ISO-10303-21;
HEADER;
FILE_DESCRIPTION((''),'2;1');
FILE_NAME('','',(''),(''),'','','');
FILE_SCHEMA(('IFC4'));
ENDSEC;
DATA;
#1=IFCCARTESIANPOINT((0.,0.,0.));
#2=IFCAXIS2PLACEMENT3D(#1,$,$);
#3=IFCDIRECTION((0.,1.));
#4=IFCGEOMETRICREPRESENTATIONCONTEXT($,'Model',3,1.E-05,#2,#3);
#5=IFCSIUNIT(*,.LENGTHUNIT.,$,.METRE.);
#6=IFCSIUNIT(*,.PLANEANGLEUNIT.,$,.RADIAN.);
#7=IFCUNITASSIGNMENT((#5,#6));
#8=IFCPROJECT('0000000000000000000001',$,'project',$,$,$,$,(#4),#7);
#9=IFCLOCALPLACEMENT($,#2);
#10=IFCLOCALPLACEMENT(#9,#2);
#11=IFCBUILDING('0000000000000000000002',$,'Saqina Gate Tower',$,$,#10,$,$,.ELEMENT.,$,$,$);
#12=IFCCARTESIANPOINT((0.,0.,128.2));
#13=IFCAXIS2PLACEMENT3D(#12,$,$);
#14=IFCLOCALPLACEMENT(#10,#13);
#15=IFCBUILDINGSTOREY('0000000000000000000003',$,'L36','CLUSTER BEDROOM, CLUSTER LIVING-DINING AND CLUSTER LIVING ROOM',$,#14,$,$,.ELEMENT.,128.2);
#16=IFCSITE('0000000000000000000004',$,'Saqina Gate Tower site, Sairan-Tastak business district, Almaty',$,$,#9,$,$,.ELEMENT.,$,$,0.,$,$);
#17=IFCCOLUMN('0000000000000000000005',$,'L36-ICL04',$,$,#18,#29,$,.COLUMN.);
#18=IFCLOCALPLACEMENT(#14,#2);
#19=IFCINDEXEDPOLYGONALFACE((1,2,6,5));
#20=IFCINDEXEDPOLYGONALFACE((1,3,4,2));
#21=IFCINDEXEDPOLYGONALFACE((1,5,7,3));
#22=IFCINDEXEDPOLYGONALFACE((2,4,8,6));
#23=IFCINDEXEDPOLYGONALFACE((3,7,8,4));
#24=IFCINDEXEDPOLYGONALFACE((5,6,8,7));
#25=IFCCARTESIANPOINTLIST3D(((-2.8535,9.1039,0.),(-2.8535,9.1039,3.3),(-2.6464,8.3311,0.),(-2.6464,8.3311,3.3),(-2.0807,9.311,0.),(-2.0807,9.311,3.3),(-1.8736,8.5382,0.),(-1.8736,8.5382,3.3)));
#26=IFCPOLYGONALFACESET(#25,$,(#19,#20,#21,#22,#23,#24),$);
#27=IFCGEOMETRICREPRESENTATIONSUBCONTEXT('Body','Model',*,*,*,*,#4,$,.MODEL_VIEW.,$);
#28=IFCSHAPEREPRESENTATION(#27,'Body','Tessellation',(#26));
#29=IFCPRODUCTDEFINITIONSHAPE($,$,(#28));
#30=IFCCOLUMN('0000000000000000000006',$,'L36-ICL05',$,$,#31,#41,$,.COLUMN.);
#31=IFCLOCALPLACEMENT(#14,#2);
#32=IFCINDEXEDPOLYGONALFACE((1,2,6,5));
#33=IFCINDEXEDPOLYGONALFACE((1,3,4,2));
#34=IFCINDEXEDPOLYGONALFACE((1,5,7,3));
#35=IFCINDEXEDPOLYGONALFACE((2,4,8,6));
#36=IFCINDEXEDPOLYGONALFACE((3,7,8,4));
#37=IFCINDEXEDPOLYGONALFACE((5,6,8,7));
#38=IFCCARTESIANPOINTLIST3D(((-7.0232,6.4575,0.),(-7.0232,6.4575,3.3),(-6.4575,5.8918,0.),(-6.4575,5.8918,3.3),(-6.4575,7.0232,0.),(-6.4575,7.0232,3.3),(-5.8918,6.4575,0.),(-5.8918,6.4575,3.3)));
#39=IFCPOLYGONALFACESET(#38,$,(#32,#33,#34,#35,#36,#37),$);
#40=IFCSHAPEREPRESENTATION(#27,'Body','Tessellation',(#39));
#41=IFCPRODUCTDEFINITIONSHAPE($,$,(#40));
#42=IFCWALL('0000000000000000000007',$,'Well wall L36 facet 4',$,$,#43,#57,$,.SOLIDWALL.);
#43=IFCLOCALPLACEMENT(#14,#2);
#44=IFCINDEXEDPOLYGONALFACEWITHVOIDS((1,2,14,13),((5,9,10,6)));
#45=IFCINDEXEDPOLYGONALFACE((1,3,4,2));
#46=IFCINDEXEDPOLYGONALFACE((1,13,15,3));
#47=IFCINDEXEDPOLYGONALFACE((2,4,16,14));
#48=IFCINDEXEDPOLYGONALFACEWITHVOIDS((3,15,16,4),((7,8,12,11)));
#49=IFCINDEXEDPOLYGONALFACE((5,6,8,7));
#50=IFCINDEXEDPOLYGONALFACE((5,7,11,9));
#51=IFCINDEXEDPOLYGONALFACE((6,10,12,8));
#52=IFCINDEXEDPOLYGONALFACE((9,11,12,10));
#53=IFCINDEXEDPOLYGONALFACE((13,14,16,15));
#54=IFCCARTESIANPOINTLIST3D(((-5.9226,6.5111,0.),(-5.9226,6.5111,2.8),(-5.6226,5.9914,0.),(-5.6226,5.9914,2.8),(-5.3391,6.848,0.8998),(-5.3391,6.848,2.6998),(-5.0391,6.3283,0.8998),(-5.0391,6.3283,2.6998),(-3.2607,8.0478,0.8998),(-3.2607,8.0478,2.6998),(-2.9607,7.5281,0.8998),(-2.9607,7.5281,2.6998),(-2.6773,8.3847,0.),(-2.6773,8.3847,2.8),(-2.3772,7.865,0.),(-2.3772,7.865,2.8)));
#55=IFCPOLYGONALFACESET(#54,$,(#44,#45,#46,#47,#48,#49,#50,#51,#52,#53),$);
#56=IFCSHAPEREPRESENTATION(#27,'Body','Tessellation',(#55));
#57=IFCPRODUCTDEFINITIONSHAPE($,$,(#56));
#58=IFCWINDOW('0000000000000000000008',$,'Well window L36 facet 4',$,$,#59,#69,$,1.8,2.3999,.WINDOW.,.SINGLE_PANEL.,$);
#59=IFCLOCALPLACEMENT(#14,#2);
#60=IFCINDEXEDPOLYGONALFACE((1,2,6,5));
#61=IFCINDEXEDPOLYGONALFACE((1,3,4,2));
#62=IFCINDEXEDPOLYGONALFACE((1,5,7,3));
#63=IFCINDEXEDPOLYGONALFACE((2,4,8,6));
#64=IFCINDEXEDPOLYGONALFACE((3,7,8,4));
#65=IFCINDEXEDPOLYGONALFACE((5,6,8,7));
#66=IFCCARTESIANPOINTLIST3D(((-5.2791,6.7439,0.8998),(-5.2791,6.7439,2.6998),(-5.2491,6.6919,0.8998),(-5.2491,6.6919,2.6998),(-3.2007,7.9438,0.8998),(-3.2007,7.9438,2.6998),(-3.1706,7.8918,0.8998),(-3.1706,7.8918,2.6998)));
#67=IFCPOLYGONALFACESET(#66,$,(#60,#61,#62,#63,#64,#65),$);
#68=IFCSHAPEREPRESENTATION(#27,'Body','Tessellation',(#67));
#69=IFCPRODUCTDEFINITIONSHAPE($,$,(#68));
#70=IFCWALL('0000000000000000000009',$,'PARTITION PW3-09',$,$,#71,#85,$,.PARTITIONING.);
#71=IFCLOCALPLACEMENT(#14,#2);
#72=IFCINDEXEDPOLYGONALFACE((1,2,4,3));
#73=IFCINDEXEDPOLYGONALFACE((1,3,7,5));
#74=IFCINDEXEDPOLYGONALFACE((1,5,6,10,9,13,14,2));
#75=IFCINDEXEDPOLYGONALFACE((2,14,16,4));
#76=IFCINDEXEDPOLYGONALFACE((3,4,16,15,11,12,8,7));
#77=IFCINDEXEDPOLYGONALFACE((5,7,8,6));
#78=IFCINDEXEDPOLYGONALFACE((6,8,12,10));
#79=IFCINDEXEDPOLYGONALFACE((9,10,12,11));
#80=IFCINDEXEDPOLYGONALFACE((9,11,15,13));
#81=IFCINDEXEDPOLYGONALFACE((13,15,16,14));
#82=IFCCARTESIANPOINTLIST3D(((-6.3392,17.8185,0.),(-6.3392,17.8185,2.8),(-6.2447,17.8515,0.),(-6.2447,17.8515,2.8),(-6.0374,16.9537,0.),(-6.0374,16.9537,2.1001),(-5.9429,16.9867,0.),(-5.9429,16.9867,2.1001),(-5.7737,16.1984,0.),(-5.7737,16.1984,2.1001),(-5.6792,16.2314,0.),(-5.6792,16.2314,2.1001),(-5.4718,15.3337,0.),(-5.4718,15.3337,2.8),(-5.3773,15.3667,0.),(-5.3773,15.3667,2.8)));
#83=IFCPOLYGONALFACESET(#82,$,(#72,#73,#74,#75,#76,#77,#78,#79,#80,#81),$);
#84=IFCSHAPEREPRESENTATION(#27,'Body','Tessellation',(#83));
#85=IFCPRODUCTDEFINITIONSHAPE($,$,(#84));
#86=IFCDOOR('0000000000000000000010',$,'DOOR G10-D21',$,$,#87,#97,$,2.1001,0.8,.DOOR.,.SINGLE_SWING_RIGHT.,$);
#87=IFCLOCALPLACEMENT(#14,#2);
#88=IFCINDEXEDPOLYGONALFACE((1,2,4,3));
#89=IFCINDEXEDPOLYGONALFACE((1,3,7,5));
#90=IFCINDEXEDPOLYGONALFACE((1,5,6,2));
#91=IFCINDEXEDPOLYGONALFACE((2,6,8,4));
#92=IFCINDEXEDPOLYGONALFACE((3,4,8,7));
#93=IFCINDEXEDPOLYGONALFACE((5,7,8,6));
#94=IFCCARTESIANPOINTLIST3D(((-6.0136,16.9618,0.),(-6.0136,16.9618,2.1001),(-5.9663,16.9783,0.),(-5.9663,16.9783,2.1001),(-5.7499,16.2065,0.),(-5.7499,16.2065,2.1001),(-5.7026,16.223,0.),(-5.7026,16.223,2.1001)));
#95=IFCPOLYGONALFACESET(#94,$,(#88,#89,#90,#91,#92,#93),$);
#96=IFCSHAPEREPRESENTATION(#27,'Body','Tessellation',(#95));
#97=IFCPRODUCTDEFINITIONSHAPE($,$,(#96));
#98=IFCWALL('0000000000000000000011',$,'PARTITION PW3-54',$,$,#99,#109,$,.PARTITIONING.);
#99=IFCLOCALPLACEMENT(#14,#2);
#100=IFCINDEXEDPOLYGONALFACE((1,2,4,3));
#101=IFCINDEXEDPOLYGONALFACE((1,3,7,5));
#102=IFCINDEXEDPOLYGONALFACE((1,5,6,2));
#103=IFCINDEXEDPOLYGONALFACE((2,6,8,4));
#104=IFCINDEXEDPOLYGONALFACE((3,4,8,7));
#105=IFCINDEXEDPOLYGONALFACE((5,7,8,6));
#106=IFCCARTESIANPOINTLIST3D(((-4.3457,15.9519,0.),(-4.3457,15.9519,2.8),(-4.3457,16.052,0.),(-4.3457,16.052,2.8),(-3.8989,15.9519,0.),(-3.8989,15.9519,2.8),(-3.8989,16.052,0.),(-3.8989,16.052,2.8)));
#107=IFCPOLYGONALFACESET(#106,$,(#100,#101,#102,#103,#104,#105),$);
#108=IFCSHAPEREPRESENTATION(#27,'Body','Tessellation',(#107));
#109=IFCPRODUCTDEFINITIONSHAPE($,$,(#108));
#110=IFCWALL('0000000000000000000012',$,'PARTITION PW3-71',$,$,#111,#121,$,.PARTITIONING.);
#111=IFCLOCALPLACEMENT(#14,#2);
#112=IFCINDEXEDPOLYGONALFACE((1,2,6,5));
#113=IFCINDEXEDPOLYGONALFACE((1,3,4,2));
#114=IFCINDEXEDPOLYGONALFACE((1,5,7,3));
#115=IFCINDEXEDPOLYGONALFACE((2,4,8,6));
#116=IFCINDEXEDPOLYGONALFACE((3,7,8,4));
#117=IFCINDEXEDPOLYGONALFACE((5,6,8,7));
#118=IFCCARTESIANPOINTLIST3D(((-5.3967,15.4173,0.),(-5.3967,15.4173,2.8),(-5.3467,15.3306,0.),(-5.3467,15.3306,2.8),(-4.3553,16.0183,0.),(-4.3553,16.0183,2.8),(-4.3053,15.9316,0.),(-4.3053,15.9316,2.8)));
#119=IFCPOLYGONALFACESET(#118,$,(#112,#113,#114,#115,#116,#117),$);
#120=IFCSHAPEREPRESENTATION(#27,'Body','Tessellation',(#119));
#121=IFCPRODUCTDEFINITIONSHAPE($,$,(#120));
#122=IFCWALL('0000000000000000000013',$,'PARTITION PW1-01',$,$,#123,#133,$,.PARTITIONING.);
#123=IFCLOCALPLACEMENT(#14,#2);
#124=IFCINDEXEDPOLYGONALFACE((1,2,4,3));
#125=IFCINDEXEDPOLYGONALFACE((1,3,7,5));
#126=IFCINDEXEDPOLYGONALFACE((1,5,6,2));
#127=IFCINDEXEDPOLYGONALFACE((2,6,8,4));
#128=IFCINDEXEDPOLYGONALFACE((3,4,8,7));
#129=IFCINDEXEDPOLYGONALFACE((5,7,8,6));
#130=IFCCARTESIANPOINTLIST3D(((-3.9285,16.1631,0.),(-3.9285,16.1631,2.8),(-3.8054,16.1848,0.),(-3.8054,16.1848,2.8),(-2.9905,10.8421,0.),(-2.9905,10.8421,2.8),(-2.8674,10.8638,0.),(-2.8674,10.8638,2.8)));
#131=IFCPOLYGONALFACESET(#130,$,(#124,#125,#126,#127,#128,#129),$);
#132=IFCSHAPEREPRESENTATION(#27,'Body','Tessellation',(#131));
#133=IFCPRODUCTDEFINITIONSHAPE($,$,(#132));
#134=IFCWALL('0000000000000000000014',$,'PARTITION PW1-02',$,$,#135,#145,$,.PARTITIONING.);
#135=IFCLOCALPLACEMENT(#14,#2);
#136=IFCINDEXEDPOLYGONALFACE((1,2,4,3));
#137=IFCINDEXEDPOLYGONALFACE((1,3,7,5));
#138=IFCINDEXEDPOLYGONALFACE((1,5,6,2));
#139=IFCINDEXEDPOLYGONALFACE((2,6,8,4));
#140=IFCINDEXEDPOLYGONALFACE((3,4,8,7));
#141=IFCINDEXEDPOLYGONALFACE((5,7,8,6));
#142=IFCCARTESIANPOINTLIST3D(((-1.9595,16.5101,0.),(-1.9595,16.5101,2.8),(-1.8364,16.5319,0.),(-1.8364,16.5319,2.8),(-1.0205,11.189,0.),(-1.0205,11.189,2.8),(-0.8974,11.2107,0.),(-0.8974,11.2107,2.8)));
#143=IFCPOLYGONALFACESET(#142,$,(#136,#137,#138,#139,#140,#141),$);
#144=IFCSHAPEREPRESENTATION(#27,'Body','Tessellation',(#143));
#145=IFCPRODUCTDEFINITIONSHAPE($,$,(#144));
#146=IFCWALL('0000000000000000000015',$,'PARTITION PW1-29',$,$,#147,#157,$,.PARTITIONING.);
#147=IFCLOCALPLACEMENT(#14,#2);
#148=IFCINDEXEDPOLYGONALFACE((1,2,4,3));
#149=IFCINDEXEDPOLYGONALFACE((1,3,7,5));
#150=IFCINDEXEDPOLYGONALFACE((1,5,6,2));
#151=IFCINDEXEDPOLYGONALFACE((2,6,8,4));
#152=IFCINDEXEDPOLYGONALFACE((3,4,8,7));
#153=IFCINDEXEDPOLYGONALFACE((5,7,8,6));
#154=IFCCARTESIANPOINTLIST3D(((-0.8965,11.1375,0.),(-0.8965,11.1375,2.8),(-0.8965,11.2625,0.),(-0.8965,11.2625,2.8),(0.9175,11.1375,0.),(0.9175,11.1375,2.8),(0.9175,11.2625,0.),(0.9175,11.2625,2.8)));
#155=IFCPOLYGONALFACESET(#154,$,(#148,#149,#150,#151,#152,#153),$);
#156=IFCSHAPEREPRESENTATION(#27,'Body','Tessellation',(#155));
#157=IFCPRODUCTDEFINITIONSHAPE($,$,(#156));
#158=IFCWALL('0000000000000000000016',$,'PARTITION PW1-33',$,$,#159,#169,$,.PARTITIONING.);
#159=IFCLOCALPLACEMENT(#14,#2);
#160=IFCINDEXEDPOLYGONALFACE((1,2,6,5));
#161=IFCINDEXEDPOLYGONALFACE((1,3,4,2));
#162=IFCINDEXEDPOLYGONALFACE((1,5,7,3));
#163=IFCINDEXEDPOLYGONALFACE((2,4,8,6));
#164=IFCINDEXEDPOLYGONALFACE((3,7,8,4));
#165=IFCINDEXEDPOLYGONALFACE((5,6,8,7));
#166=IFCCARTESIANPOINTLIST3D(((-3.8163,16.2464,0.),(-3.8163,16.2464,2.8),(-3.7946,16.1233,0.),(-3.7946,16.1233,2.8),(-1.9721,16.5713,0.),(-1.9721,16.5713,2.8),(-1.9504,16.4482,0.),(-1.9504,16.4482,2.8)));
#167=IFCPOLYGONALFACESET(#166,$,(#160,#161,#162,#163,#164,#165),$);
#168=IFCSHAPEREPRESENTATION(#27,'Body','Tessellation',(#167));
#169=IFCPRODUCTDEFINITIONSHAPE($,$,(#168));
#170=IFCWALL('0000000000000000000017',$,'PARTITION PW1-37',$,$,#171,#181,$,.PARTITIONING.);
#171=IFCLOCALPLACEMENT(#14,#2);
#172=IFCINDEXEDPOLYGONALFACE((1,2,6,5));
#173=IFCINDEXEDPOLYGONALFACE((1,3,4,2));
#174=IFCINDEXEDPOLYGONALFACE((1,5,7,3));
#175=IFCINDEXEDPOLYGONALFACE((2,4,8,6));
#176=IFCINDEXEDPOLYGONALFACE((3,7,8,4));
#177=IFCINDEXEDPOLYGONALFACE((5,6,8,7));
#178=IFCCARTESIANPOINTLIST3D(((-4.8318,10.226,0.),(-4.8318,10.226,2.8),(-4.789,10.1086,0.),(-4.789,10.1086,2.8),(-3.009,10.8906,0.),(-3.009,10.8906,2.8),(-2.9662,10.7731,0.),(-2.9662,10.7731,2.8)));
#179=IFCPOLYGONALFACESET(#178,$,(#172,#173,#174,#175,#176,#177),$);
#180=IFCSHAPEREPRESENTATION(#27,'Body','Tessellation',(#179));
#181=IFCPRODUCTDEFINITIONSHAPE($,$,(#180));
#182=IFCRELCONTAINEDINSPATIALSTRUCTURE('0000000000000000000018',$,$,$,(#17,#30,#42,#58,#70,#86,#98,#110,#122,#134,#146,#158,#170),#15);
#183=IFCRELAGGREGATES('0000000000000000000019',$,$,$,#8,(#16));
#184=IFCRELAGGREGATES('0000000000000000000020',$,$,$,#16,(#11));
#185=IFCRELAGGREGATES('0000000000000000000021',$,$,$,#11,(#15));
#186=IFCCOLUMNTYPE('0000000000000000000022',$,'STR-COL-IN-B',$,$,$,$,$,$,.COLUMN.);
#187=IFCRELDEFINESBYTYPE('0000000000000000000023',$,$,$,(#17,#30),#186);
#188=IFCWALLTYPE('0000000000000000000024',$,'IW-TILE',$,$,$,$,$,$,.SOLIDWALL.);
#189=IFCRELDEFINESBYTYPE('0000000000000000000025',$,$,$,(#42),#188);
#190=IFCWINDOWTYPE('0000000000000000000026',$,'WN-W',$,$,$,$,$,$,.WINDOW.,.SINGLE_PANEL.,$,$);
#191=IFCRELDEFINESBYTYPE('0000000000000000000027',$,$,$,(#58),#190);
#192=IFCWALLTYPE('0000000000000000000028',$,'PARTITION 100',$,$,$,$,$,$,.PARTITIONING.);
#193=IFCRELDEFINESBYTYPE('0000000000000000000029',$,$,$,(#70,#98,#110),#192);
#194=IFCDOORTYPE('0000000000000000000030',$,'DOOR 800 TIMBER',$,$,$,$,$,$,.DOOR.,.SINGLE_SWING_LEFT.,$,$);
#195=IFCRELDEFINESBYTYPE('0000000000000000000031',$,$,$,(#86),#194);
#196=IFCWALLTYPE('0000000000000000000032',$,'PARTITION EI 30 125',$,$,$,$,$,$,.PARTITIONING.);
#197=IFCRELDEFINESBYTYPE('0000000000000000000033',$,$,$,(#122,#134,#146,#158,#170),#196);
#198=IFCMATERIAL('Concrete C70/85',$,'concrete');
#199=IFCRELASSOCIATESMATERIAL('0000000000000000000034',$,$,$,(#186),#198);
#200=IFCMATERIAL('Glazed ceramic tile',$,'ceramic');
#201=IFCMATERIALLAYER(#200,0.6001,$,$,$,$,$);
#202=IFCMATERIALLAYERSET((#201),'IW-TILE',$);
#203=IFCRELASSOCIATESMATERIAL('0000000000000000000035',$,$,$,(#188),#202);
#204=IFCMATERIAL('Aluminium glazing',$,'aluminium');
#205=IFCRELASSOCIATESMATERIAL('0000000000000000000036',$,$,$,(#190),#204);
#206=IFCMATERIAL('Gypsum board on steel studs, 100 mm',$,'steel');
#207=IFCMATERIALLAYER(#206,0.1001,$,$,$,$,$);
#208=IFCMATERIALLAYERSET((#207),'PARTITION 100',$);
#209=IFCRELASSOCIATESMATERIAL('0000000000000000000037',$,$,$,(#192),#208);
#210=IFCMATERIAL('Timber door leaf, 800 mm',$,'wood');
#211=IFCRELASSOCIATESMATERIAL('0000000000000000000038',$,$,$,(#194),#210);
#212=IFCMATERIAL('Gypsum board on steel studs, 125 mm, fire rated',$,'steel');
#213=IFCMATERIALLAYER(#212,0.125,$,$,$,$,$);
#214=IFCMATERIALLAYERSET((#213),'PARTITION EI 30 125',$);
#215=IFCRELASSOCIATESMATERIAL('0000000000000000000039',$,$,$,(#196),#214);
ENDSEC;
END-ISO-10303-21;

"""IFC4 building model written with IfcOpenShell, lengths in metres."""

from ifc_helpers import new_model, si_unit, direction, frame, frame_2d, origin, origin_2d, place, context, subcontext, project, spatial, rectangle, extrude, material, layer, layer_set, material_profile, profile_set, type_object, element, fill, save


model = new_model("IFC4")

# Units and contexts
model_context = context("Model", 3, precision=1e-05, world=origin(), true_north=direction((0.0, 1.0)))
body_context = subcontext(model_context, "Body", "Model", "MODEL_VIEW")
ifc_project = project(units=[si_unit("LENGTHUNIT", "METRE"), si_unit("PLANEANGLEUNIT", "RADIAN")], contexts=[model_context])

# Site, building, storey
site_placement = place(None, origin())
site = spatial("IfcSite", under=ifc_project, at=site_placement, Name="Saqina Gate Tower site, Sairan-Tastak business district, Almaty", CompositionType="ELEMENT", RefElevation=0.0)
building_placement = place(site_placement, origin())
building = spatial("IfcBuilding", under=site, at=building_placement, Name="Saqina Gate Tower", CompositionType="ELEMENT")
storey_placement = place(building_placement, frame((0.0, 0.0, 128.2)))
storey = spatial("IfcBuildingStorey", under=building, at=storey_placement, Name="L36", Description="CLUSTER BEDROOM, CLUSTER LIVING-DINING AND CLUSTER LIVING ROOM", CompositionType="ELEMENT", Elevation=128.2)

# Columns
ifc_material_1 = material(Name="Concrete C70/85", Category="concrete")
ifc_material_profile = material_profile(ifc_material_1, rectangle(XDim=0.8, YDim=0.8, at=origin_2d()), Name="RC 800x800")
ifc_profile_set = profile_set([ifc_material_profile], Name="Concrete C70/85")
column_type = type_object("IfcColumnType", Name="STR-COL-IN-B", PredefinedType="COLUMN", material=ifc_profile_set)
for number, where, z_axis, x_axis, name in (
    (1, (-2.3635, 8.821, 0.0), (0.0, 0.0, 1.0), (-0.258819, 0.965926, 0.0), "L36-ICL04"),
    (2, (-6.4575, 6.4575, 0.0), (0.0, 0.0, 1.0), (-0.707107, 0.707107, 0.0), "L36-ICL05"),
):
    element("IfcColumn", number, at=place(storey_placement, frame(where, z_axis=z_axis, x_axis=x_axis)), inside=storey, type_object=column_type, Name=name, PredefinedType="COLUMN", context=body_context, shape_type="SweptSolid", body=[
        extrude(rectangle(XDim=0.8, YDim=0.8, at=origin_2d()), origin(), (0.0, 0.0, 1.0), 3.3),
    ])

# Wall, opening, window
ifc_material_2 = material(Name="Glazed ceramic tile", Category="ceramic")
ifc_layer_1 = layer(ifc_material_2, 0.6001)
ifc_layer_set_1 = layer_set([ifc_layer_1], Name="IW-TILE")
wall_type_1 = type_object("IfcWallType", Name="IW-TILE", PredefinedType="SOLIDWALL", material=ifc_layer_set_1)
wall_1_placement = place(storey_placement, frame((-2.5273, 8.1248, 0.0), z_axis=(0.0, 0.0, 1.0), x_axis=(-0.866046, -0.499965, 0.0)))
wall_1 = element("IfcWall", 3, at=wall_1_placement, inside=storey, type_object=wall_type_1, Name="Well wall L36 facet 4", PredefinedType="SOLIDWALL", context=body_context, shape_type="SweptSolid", body=[
    extrude(rectangle(XDim=3.7473, YDim=0.6001, at=frame_2d((1.8735, 0.0))), origin(), (0.0, 0.0, 1.0), 2.8),
])
opening_1_placement = place(wall_1_placement, frame((0.6736, 0.0, 0.8999)))
opening_1 = element("IfcOpeningElement", 4, at=opening_1_placement, cuts=wall_1, PredefinedType="OPENING", context=body_context, shape_type="SweptSolid", body=[
    extrude(rectangle(XDim=2.3999, YDim=1.8, at=frame_2d((1.2, 0.8999))), frame((0.0, 0.312, 0.0), z_axis=(0.0, -1.0, 0.0), x_axis=(1.0, 0.0, 0.0)), (0.0, 0.0, 1.0), 0.624),
])
ifc_material_3 = material(Name="Aluminium glazing", Category="aluminium")
window_type = type_object("IfcWindowType", Name="WN-W", PartitioningType="SINGLE_PANEL", PredefinedType="WINDOW", material=ifc_material_3)
window_placement = place(opening_1_placement, origin())
window = element("IfcWindow", 5, at=window_placement, inside=storey, type_object=window_type, Name="Well window L36 facet 4", OverallHeight=1.8, OverallWidth=2.3999, PartitioningType="SINGLE_PANEL", PredefinedType="WINDOW", context=body_context, shape_type="SweptSolid", body=[
    extrude(rectangle(XDim=2.3999, YDim=1.8, at=frame_2d((1.2, 0.8999))), frame((0.0, -0.1199, 0.0), z_axis=(0.0, -1.0, 0.0), x_axis=(1.0, 0.0, 0.0)), (0.0, 0.0, 1.0), 0.0601),
])
fill(opening_1, window)

# Wall, opening, door
ifc_material_4 = material(Name="Gypsum board on steel studs, 100 mm", Category="steel")
ifc_layer_2 = layer(ifc_material_4, 0.1001)
ifc_layer_set_2 = layer_set([ifc_layer_2], Name="PARTITION 100")
wall_type_2 = type_object("IfcWallType", Name="PARTITION 100", PredefinedType="PARTITIONING", material=ifc_layer_set_2)
wall_2_placement = place(storey_placement, frame((-6.292, 17.835, 0.0), z_axis=(0.0, 0.0, 1.0), x_axis=(0.329582, -0.944127, 0.0)))
wall_2 = element("IfcWall", 6, at=wall_2_placement, inside=storey, type_object=wall_type_2, Name="PARTITION PW3-09", PredefinedType="PARTITIONING", context=body_context, shape_type="SweptSolid", body=[
    extrude(rectangle(XDim=2.6318, YDim=0.1001, at=frame_2d((1.3159, 0.0))), origin(), (0.0, 0.0, 1.0), 2.8),
])
opening_2_placement = place(wall_2_placement, frame((0.916, 0.0, 0.0)))
opening_2 = element("IfcOpeningElement", 7, at=opening_2_placement, cuts=wall_2, PredefinedType="OPENING", context=body_context, shape_type="SweptSolid", body=[
    extrude(rectangle(XDim=0.8, YDim=2.1001, at=frame_2d((0.3999, 1.05))), frame((0.0, 0.062, 0.0), z_axis=(0.0, -1.0, 0.0), x_axis=(1.0, 0.0, 0.0)), (0.0, 0.0, 1.0), 0.124),
])
ifc_material_5 = material(Name="Timber door leaf, 800 mm", Category="wood")
door_type = type_object("IfcDoorType", Name="DOOR 800 TIMBER", OperationType="SINGLE_SWING_LEFT", PredefinedType="DOOR", material=ifc_material_5)
door_placement = place(opening_2_placement, frame((0.8, 0.0, 0.0), z_axis=(0.0, 0.0, 1.0), x_axis=(-1.0, 0.0, 0.0)))
door = element("IfcDoor", 8, at=door_placement, inside=storey, type_object=door_type, Name="DOOR G10-D21", OperationType="SINGLE_SWING_RIGHT", OverallHeight=2.1001, OverallWidth=0.8, PredefinedType="DOOR", context=body_context, shape_type="SweptSolid", body=[
    extrude(rectangle(XDim=0.8, YDim=2.1001, at=frame_2d((0.3999, 1.05))), frame((0.0, 0.0249, 0.0), z_axis=(0.0, -1.0, 0.0), x_axis=(1.0, 0.0, 0.0)), (0.0, 0.0, 1.0), 0.05),
])
fill(opening_2, door)

# Walls
wall_3_placement = place(storey_placement, frame((-4.3457, 16.002, 0.0), z_axis=(0.0, 0.0, 1.0), x_axis=(1.0, 0.0, 0.0)))
element("IfcWall", 9, at=wall_3_placement, inside=storey, type_object=wall_type_2, Name="PARTITION PW3-54", PredefinedType="PARTITIONING", context=body_context, shape_type="SweptSolid", body=[
    extrude(rectangle(XDim=0.4468, YDim=0.1001, at=frame_2d((0.2234, 0.0))), origin(), (0.0, 0.0, 1.0), 2.8),
])
wall_4_placement = place(storey_placement, frame((-5.3716, 15.374, 0.0), z_axis=(0.0, 0.0, 1.0), x_axis=(0.866111, 0.499851, 0.0)))
element("IfcWall", 10, at=wall_4_placement, inside=storey, type_object=wall_type_2, Name="PARTITION PW3-71", PredefinedType="PARTITIONING", context=body_context, shape_type="SweptSolid", body=[
    extrude(rectangle(XDim=1.2024, YDim=0.1001, at=frame_2d((0.6011, 0.0))), origin(), (0.0, 0.0, 1.0), 2.8),
])
ifc_material_6 = material(Name="Gypsum board on steel studs, 125 mm, fire rated", Category="steel")
ifc_layer_3 = layer(ifc_material_6, 0.125)
ifc_layer_set_3 = layer_set([ifc_layer_3], Name="PARTITION EI 30 125")
wall_type_3 = type_object("IfcWallType", Name="PARTITION EI 30 125", PredefinedType="PARTITIONING", material=ifc_layer_set_3)
wall_5_placement = place(storey_placement, frame((-3.8669, 16.1741, 0.0), z_axis=(0.0, 0.0, 1.0), x_axis=(0.173602, -0.984816, 0.0)))
element("IfcWall", 11, at=wall_5_placement, inside=storey, type_object=wall_type_3, Name="PARTITION PW1-01", PredefinedType="PARTITIONING", context=body_context, shape_type="SweptSolid", body=[
    extrude(rectangle(XDim=5.4031, YDim=0.125, at=frame_2d((2.7017, 0.0))), origin(), (0.0, 0.0, 1.0), 2.8),
])
wall_6_placement = place(storey_placement, frame((-1.8979, 16.521, 0.0), z_axis=(0.0, 0.0, 1.0), x_axis=(0.173778, -0.984785, 0.0)))
element("IfcWall", 12, at=wall_6_placement, inside=storey, type_object=wall_type_3, Name="PARTITION PW1-02", PredefinedType="PARTITIONING", context=body_context, shape_type="SweptSolid", body=[
    extrude(rectangle(XDim=5.4033, YDim=0.125, at=frame_2d((2.7017, 0.0))), origin(), (0.0, 0.0, 1.0), 2.8),
])
wall_7_placement = place(storey_placement, frame((-0.8965, 11.2, 0.0), z_axis=(0.0, 0.0, 1.0), x_axis=(1.0, 0.0, 0.0)))
element("IfcWall", 13, at=wall_7_placement, inside=storey, type_object=wall_type_3, Name="PARTITION PW1-29", PredefinedType="PARTITIONING", context=body_context, shape_type="SweptSolid", body=[
    extrude(rectangle(XDim=1.814, YDim=0.125, at=frame_2d((0.907, 0.0))), origin(), (0.0, 0.0, 1.0), 2.8),
])
wall_8_placement = place(storey_placement, frame((-3.8054, 16.1848, 0.0), z_axis=(0.0, 0.0, 1.0), x_axis=(0.984829, 0.173525, 0.0)))
element("IfcWall", 14, at=wall_8_placement, inside=storey, type_object=wall_type_3, Name="PARTITION PW1-33", PredefinedType="PARTITIONING", context=body_context, shape_type="SweptSolid", body=[
    extrude(rectangle(XDim=1.8726, YDim=0.125, at=frame_2d((0.9363, 0.0))), origin(), (0.0, 0.0, 1.0), 2.8),
])
wall_9_placement = place(storey_placement, frame((-4.8105, 10.1672, 0.0), z_axis=(0.0, 0.0, 1.0), x_axis=(0.939507, 0.342531, 0.0)))
element("IfcWall", 15, at=wall_9_placement, inside=storey, type_object=wall_type_3, Name="PARTITION PW1-37", PredefinedType="PARTITIONING", context=body_context, shape_type="SweptSolid", body=[
    extrude(rectangle(XDim=1.9402, YDim=0.125, at=frame_2d((0.9702, 0.0))), origin(), (0.0, 0.0, 1.0), 2.8),
])

save(model, "model.ifc")
